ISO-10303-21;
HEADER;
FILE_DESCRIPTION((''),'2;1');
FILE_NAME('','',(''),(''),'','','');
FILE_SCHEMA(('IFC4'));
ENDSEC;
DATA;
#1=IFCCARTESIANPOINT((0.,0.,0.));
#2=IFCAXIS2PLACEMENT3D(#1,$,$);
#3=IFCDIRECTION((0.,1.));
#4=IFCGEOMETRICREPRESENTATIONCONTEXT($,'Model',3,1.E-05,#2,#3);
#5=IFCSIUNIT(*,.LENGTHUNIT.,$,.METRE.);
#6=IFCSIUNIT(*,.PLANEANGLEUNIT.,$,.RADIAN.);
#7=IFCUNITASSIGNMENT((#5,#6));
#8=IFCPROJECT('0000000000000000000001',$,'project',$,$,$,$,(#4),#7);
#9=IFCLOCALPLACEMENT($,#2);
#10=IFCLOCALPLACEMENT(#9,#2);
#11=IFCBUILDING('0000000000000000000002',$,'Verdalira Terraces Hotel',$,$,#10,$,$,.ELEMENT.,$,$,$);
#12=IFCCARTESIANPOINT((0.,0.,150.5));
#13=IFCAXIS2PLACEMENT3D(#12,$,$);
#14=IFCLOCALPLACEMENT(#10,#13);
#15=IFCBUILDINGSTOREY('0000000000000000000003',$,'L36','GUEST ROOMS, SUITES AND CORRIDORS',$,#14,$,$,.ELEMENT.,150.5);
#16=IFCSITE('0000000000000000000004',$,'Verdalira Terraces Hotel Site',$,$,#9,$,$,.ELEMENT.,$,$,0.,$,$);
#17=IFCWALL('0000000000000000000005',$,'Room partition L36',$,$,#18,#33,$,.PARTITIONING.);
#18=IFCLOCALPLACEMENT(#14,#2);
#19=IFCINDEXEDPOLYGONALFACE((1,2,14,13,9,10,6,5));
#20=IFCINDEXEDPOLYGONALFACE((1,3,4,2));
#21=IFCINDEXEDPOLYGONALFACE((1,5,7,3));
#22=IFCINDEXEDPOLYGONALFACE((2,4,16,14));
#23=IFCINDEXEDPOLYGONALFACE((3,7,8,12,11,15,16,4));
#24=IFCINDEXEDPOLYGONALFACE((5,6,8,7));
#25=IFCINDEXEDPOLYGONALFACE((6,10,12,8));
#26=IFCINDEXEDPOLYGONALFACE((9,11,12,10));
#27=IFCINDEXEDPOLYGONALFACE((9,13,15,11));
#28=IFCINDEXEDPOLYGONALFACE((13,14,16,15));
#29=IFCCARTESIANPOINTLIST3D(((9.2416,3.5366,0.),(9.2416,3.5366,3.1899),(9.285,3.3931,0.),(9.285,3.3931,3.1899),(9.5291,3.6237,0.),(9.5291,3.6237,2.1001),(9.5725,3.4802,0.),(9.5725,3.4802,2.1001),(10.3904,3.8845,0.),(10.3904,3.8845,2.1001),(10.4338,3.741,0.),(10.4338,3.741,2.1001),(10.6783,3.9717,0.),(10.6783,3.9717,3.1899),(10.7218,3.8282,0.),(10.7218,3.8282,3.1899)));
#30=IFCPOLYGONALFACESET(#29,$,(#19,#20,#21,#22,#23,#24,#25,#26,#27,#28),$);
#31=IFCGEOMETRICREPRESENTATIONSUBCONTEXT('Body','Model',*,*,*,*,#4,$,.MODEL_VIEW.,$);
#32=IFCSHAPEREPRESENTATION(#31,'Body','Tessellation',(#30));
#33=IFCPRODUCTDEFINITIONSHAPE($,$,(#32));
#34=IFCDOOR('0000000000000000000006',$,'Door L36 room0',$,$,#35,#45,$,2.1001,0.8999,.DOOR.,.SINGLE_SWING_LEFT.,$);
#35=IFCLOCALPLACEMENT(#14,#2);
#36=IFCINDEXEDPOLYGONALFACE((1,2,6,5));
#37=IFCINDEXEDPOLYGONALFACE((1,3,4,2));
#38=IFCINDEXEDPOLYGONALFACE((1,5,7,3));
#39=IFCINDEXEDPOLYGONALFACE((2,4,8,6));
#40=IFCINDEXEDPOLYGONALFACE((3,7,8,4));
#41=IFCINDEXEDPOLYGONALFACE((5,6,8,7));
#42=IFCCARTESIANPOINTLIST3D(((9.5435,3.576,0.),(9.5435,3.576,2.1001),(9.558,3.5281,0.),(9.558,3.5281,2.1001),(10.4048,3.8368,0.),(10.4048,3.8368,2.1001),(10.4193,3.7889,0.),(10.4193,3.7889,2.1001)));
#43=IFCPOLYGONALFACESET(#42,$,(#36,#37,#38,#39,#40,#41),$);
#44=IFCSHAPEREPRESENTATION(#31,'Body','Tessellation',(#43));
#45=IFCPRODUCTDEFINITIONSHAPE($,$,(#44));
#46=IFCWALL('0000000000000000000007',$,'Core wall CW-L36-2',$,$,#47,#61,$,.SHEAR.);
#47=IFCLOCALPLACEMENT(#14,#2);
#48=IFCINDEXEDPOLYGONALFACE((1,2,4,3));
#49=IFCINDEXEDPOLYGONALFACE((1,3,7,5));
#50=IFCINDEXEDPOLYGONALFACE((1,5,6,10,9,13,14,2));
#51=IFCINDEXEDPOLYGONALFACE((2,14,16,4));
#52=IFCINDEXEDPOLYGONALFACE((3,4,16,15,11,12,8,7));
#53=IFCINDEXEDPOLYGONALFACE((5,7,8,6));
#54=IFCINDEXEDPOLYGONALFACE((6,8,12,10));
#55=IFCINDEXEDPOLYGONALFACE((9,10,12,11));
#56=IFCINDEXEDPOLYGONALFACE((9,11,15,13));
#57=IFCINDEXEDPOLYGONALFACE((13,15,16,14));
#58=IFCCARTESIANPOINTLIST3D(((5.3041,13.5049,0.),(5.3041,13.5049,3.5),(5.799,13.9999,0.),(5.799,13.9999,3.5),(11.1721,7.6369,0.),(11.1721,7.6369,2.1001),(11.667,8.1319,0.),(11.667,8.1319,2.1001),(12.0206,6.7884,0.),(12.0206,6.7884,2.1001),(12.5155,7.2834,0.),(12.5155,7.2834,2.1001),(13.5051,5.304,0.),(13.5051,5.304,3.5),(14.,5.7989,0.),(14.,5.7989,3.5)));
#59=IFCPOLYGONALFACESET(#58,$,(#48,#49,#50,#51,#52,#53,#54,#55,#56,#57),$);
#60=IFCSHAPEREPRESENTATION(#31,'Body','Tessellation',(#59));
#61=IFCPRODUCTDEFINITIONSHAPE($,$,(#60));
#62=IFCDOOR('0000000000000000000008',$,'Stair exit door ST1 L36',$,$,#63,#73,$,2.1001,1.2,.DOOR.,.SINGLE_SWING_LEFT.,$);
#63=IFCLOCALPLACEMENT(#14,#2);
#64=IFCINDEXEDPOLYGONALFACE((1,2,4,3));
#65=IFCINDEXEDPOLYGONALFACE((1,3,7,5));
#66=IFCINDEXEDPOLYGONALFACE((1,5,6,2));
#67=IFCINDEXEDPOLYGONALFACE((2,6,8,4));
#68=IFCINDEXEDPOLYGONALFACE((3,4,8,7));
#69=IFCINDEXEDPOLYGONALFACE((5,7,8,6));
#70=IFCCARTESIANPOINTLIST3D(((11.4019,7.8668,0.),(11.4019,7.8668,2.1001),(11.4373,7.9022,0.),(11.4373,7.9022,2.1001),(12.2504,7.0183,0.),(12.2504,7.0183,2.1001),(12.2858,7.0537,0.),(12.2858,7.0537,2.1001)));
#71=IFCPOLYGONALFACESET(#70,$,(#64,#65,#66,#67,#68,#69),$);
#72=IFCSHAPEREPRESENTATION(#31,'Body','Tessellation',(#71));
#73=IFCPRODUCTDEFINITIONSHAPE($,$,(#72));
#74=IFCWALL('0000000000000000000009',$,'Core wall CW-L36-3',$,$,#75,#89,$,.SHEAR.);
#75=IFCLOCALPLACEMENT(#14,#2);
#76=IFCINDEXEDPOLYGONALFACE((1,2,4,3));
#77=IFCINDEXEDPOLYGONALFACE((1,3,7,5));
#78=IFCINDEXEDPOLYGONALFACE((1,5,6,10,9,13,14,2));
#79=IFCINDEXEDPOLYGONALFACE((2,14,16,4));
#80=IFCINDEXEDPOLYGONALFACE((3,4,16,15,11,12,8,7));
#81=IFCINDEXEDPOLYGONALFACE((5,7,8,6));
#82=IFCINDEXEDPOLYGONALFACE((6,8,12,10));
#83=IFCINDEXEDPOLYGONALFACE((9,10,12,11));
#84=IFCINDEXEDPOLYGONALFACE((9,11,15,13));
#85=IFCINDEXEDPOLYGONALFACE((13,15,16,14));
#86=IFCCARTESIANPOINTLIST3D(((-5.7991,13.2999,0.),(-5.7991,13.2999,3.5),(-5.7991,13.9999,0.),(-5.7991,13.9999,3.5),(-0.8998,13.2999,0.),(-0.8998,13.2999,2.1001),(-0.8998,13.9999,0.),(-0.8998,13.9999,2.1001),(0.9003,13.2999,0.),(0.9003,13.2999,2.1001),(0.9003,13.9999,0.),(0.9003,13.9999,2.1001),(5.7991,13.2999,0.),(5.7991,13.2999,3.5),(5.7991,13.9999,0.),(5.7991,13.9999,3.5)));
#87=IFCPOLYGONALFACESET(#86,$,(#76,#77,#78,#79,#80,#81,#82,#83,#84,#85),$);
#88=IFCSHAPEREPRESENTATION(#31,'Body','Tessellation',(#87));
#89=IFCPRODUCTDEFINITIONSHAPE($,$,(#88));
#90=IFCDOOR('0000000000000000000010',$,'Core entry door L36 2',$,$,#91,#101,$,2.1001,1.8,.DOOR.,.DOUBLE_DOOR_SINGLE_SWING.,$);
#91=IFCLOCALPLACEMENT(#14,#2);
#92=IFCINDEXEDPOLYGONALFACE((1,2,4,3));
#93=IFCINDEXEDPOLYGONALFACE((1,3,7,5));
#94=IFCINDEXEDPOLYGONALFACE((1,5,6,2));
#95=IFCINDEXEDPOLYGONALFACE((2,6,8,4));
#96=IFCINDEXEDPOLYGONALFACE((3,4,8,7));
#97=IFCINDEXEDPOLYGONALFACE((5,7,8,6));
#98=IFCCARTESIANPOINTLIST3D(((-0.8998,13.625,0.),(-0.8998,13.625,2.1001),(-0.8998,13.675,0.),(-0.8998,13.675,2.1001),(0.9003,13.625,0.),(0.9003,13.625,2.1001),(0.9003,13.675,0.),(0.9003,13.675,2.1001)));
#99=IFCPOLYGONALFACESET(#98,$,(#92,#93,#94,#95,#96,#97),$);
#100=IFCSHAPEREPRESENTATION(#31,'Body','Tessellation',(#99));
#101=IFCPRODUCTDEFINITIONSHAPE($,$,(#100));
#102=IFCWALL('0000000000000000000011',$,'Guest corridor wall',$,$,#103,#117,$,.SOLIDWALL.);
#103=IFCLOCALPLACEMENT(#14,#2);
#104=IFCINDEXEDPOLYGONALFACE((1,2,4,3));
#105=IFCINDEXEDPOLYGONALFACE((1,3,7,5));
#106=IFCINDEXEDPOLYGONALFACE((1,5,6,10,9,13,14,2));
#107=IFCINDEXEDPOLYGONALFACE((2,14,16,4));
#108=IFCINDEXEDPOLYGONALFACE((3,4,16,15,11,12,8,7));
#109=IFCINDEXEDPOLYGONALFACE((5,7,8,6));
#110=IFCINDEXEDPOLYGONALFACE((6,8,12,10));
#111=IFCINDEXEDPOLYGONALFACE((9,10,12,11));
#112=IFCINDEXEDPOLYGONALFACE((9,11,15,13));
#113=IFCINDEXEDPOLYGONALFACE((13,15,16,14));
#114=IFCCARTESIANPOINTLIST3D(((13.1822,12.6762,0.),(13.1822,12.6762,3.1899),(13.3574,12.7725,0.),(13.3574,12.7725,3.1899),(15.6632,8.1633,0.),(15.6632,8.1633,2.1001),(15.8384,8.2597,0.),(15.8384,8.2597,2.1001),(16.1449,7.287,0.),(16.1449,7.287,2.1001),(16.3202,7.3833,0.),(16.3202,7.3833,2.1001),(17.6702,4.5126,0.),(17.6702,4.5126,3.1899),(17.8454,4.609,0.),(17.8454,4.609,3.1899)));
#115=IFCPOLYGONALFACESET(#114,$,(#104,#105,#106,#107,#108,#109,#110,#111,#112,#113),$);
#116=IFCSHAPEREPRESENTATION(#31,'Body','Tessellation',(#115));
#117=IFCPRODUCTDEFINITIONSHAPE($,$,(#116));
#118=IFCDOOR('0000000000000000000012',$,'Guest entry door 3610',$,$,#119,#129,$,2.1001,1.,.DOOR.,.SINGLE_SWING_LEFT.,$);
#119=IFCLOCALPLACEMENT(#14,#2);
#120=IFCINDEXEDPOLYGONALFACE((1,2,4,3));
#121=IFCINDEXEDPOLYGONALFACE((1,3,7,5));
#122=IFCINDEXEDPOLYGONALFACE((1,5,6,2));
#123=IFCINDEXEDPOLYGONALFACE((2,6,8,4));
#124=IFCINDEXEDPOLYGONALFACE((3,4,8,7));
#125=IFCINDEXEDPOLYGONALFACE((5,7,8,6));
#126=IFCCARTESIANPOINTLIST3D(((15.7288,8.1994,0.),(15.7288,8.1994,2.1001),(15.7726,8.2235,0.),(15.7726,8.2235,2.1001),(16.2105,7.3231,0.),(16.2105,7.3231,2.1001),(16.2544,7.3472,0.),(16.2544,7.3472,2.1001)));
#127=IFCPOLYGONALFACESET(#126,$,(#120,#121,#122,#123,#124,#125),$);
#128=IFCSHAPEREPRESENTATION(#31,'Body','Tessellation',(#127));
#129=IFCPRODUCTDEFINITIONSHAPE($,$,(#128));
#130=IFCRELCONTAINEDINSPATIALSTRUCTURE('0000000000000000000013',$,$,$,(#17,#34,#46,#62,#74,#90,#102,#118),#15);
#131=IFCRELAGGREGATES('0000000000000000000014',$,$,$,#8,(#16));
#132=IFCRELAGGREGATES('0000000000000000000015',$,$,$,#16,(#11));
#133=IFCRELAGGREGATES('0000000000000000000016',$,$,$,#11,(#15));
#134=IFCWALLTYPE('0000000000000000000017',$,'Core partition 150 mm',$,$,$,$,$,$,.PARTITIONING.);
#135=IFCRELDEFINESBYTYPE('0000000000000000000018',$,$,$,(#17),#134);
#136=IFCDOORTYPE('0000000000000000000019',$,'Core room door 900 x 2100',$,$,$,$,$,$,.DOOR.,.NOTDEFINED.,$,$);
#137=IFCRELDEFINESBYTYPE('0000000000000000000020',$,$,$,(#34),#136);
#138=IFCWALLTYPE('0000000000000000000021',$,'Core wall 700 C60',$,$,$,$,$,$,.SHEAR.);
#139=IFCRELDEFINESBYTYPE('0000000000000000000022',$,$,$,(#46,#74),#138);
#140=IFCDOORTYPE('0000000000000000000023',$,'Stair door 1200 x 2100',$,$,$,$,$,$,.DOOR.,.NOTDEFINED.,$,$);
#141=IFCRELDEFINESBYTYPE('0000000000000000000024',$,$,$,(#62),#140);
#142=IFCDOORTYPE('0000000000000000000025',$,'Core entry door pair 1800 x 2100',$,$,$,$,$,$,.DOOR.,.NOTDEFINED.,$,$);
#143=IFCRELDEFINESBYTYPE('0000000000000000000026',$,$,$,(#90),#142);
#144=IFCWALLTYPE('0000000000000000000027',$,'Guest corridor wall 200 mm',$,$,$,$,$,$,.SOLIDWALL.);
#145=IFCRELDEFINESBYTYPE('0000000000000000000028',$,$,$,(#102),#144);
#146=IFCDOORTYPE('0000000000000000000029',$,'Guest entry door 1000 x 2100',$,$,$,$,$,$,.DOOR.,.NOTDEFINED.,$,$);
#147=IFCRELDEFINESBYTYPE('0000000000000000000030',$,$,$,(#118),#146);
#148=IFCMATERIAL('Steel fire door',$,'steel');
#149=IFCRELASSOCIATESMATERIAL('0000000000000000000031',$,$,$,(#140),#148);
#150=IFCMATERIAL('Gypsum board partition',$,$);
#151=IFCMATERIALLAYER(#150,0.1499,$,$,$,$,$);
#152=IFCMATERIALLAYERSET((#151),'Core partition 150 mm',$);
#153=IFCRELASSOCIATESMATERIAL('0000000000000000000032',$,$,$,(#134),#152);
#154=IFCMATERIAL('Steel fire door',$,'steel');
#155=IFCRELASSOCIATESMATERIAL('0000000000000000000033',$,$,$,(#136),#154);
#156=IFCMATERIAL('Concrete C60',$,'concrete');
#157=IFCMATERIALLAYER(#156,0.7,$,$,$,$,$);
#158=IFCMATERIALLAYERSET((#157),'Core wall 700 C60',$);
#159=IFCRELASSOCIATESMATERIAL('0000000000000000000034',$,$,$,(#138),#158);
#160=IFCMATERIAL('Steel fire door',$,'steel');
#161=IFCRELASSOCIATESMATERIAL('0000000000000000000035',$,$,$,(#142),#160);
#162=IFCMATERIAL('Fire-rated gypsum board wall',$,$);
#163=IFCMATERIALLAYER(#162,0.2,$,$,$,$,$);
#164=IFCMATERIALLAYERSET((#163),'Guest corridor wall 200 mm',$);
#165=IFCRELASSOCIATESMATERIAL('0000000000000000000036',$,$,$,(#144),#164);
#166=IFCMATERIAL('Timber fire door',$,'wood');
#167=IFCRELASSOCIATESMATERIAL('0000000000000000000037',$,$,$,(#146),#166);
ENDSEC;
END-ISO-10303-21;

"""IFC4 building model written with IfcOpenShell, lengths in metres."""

from ifc_helpers import new_model, si_unit, direction, frame, frame_2d, origin, place, context, subcontext, project, spatial, rectangle, extrude, material, layer, layer_set, type_object, element, fill, save


model = new_model("IFC4")

# Units and contexts
model_context = context("Model", 3, precision=1e-05, world=origin(), true_north=direction((0.0, 1.0)))
body_context = subcontext(model_context, "Body", "Model", "MODEL_VIEW")
ifc_project = project(units=[si_unit("LENGTHUNIT", "METRE"), si_unit("PLANEANGLEUNIT", "RADIAN")], contexts=[model_context])

# Site, building, storey
site_placement = place(None, origin())
site = spatial("IfcSite", under=ifc_project, at=site_placement, Name="Verdalira Terraces Hotel Site", CompositionType="ELEMENT", RefElevation=0.0)
building_placement = place(site_placement, origin())
building = spatial("IfcBuilding", under=site, at=building_placement, Name="Verdalira Terraces Hotel", CompositionType="ELEMENT")
storey_placement = place(building_placement, frame((0.0, 0.0, 150.5)))
storey = spatial("IfcBuildingStorey", under=building, at=storey_placement, Name="L36", Description="GUEST ROOMS, SUITES AND CORRIDORS", CompositionType="ELEMENT", Elevation=150.5)

# Shared definitions
ifc_material_1 = material(Name="Steel fire door", Category="steel")
door_type_1 = type_object("IfcDoorType", Name="Stair door 1200 x 2100", OperationType="NOTDEFINED", PredefinedType="DOOR", material=ifc_material_1)

# Walls, openings, doors
ifc_material_2 = material(Name="Gypsum board partition")
ifc_layer_1 = layer(ifc_material_2, 0.1499)
ifc_layer_set_1 = layer_set([ifc_layer_1], Name="Core partition 150 mm")
wall_type_1 = type_object("IfcWallType", Name="Core partition 150 mm", PredefinedType="PARTITIONING", material=ifc_layer_set_1)
wall_1_placement = place(storey_placement, frame((10.7, 3.8999, 0.0), z_axis=(0.0, 0.0, 1.0), x_axis=(-0.957085, -0.289809, 0.0)))
wall_1 = element("IfcWall", 1, at=wall_1_placement, inside=storey, type_object=wall_type_1, Name="Room partition L36", PredefinedType="PARTITIONING", context=body_context, shape_type="SweptSolid", body=[
    extrude(rectangle(XDim=1.5012, YDim=0.1499, at=frame_2d((0.7505, 0.0))), origin(), (0.0, 0.0, 1.0), 3.1899),
])
opening_1_placement = place(wall_1_placement, frame((0.3008, 0.0, 0.0)))
opening_1 = element("IfcOpeningElement", 2, at=opening_1_placement, cuts=wall_1, PredefinedType="OPENING", context=body_context, shape_type="SweptSolid", body=[
    extrude(rectangle(XDim=0.8999, YDim=2.1001, at=frame_2d((0.45, 1.05))), frame((0.0, 0.085, 0.0), z_axis=(0.0, -1.0, 0.0), x_axis=(1.0, 0.0, 0.0)), (0.0, 0.0, 1.0), 0.1699),
])
ifc_material_3 = material(Name="Steel fire door", Category="steel")
door_type_2 = type_object("IfcDoorType", Name="Core room door 900 x 2100", OperationType="NOTDEFINED", PredefinedType="DOOR", material=ifc_material_3)
door_1_placement = place(opening_1_placement, origin())
door_1 = element("IfcDoor", 3, at=door_1_placement, inside=storey, type_object=door_type_2, Name="Door L36 room0", OperationType="SINGLE_SWING_LEFT", OverallHeight=2.1001, OverallWidth=0.8999, PredefinedType="DOOR", context=body_context, shape_type="SweptSolid", body=[
    extrude(rectangle(XDim=0.8999, YDim=2.1001, at=frame_2d((0.45, 1.05))), frame((0.0, 0.0249, 0.0), z_axis=(0.0, -1.0, 0.0), x_axis=(1.0, 0.0, 0.0)), (0.0, 0.0, 1.0), 0.05),
])
fill(opening_1, door_1)
ifc_material_4 = material(Name="Concrete C60", Category="concrete")
ifc_layer_2 = layer(ifc_material_4, 0.7)
ifc_layer_set_2 = layer_set([ifc_layer_2], Name="Core wall 700 C60")
wall_type_2 = type_object("IfcWallType", Name="Core wall 700 C60", PredefinedType="SHEAR", material=ifc_layer_set_2)
wall_2_placement = place(storey_placement, frame((13.7524, 5.5515, 0.0), z_axis=(0.0, 0.0, 1.0), x_axis=(-0.707107, 0.707107, 0.0)))
wall_2 = element("IfcWall", 4, at=wall_2_placement, inside=storey, type_object=wall_type_2, Name="Core wall CW-L36-2", PredefinedType="SHEAR", context=body_context, shape_type="SweptSolid", body=[
    extrude(rectangle(XDim=11.5979, YDim=0.7, at=frame_2d((5.7988, 0.0))), origin(), (0.0, 0.0, 1.0), 3.5),
])
opening_2_placement = place(wall_2_placement, frame((2.0991, 0.0, 0.0)))
opening_2 = element("IfcOpeningElement", 5, at=opening_2_placement, cuts=wall_2, PredefinedType="OPENING", context=body_context, shape_type="SweptSolid", body=[
    extrude(rectangle(XDim=1.2, YDim=2.1001, at=frame_2d((0.6001, 1.05))), frame((0.0, 0.3599, 0.0), z_axis=(0.0, -1.0, 0.0), x_axis=(1.0, 0.0, 0.0)), (0.0, 0.0, 1.0), 0.72),
])
door_2_placement = place(opening_2_placement, origin())
door_2 = element("IfcDoor", 6, at=door_2_placement, inside=storey, type_object=door_type_1, Name="Stair exit door ST1 L36", OperationType="SINGLE_SWING_LEFT", OverallHeight=2.1001, OverallWidth=1.2, PredefinedType="DOOR", context=body_context, shape_type="SweptSolid", body=[
    extrude(rectangle(XDim=1.2, YDim=2.1001, at=frame_2d((0.6001, 1.05))), frame((0.0, 0.0249, 0.0), z_axis=(0.0, -1.0, 0.0), x_axis=(1.0, 0.0, 0.0)), (0.0, 0.0, 1.0), 0.05),
])
fill(opening_2, door_2)
wall_3_placement = place(storey_placement, frame((5.7991, 13.6499, 0.0), z_axis=(0.0, 0.0, 1.0), x_axis=(-1.0, 0.0, 0.0)))
wall_3 = element("IfcWall", 7, at=wall_3_placement, inside=storey, type_object=wall_type_2, Name="Core wall CW-L36-3", PredefinedType="SHEAR", context=body_context, shape_type="SweptSolid", body=[
    extrude(rectangle(XDim=11.5981, YDim=0.7, at=frame_2d((5.7991, 0.0))), origin(), (0.0, 0.0, 1.0), 3.5),
])
opening_3_placement = place(wall_3_placement, frame((4.8989, 0.0, 0.0)))
opening_3 = element("IfcOpeningElement", 8, at=opening_3_placement, cuts=wall_3, PredefinedType="OPENING", context=body_context, shape_type="SweptSolid", body=[
    extrude(rectangle(XDim=1.8, YDim=2.1001, at=frame_2d((0.8999, 1.05))), frame((0.0, 0.3599, 0.0), z_axis=(0.0, -1.0, 0.0), x_axis=(1.0, 0.0, 0.0)), (0.0, 0.0, 1.0), 0.72),
])
ifc_material_5 = material(Name="Steel fire door", Category="steel")
door_type_3 = type_object("IfcDoorType", Name="Core entry door pair 1800 x 2100", OperationType="NOTDEFINED", PredefinedType="DOOR", material=ifc_material_5)
door_3_placement = place(opening_3_placement, origin())
door_3 = element("IfcDoor", 9, at=door_3_placement, inside=storey, type_object=door_type_3, Name="Core entry door L36 2", OperationType="DOUBLE_DOOR_SINGLE_SWING", OverallHeight=2.1001, OverallWidth=1.8, PredefinedType="DOOR", context=body_context, shape_type="SweptSolid", body=[
    extrude(rectangle(XDim=1.8, YDim=2.1001, at=frame_2d((0.8999, 1.05))), frame((0.0, 0.0249, 0.0), z_axis=(0.0, -1.0, 0.0), x_axis=(1.0, 0.0, 0.0)), (0.0, 0.0, 1.0), 0.05),
])
fill(opening_3, door_3)
ifc_material_6 = material(Name="Fire-rated gypsum board wall")
ifc_layer_3 = layer(ifc_material_6, 0.2)
ifc_layer_set_3 = layer_set([ifc_layer_3], Name="Guest corridor wall 200 mm")
wall_type_3 = type_object("IfcWallType", Name="Guest corridor wall 200 mm", PredefinedType="SOLIDWALL", material=ifc_layer_set_3)
wall_4_placement = place(storey_placement, frame((13.2698, 12.7244, 0.0), z_axis=(0.0, 0.0, 1.0), x_axis=(0.48176, -0.876303, 0.0)))
wall_4 = element("IfcWall", 10, at=wall_4_placement, inside=storey, type_object=wall_type_3, Name="Guest corridor wall", PredefinedType="SOLIDWALL", context=body_context, shape_type="SweptSolid", body=[
    extrude(rectangle(XDim=9.3159, YDim=0.2, at=frame_2d((4.658, 0.0))), origin(), (0.0, 0.0, 1.0), 3.1899),
])
opening_4_placement = place(wall_4_placement, frame((5.1499, 0.0, 0.0)))
opening_4 = element("IfcOpeningElement", 11, at=opening_4_placement, cuts=wall_4, PredefinedType="OPENING", context=body_context, shape_type="SweptSolid", body=[
    extrude(rectangle(XDim=1.0, YDim=2.1001, at=frame_2d((0.5, 1.05))), frame((0.0, 0.1099, 0.0), z_axis=(0.0, -1.0, 0.0), x_axis=(1.0, 0.0, 0.0)), (0.0, 0.0, 1.0), 0.22),
])
ifc_material_7 = material(Name="Timber fire door", Category="wood")
door_type_4 = type_object("IfcDoorType", Name="Guest entry door 1000 x 2100", OperationType="NOTDEFINED", PredefinedType="DOOR", material=ifc_material_7)
door_4_placement = place(opening_4_placement, origin())
door_4 = element("IfcDoor", 12, at=door_4_placement, inside=storey, type_object=door_type_4, Name="Guest entry door 3610", OperationType="SINGLE_SWING_LEFT", OverallHeight=2.1001, OverallWidth=1.0, PredefinedType="DOOR", context=body_context, shape_type="SweptSolid", body=[
    extrude(rectangle(XDim=1.0, YDim=2.1001, at=frame_2d((0.5, 1.05))), frame((0.0, 0.0249, 0.0), z_axis=(0.0, -1.0, 0.0), x_axis=(1.0, 0.0, 0.0)), (0.0, 0.0, 1.0), 0.05),
])
fill(opening_4, door_4)

save(model, "model.ifc")
